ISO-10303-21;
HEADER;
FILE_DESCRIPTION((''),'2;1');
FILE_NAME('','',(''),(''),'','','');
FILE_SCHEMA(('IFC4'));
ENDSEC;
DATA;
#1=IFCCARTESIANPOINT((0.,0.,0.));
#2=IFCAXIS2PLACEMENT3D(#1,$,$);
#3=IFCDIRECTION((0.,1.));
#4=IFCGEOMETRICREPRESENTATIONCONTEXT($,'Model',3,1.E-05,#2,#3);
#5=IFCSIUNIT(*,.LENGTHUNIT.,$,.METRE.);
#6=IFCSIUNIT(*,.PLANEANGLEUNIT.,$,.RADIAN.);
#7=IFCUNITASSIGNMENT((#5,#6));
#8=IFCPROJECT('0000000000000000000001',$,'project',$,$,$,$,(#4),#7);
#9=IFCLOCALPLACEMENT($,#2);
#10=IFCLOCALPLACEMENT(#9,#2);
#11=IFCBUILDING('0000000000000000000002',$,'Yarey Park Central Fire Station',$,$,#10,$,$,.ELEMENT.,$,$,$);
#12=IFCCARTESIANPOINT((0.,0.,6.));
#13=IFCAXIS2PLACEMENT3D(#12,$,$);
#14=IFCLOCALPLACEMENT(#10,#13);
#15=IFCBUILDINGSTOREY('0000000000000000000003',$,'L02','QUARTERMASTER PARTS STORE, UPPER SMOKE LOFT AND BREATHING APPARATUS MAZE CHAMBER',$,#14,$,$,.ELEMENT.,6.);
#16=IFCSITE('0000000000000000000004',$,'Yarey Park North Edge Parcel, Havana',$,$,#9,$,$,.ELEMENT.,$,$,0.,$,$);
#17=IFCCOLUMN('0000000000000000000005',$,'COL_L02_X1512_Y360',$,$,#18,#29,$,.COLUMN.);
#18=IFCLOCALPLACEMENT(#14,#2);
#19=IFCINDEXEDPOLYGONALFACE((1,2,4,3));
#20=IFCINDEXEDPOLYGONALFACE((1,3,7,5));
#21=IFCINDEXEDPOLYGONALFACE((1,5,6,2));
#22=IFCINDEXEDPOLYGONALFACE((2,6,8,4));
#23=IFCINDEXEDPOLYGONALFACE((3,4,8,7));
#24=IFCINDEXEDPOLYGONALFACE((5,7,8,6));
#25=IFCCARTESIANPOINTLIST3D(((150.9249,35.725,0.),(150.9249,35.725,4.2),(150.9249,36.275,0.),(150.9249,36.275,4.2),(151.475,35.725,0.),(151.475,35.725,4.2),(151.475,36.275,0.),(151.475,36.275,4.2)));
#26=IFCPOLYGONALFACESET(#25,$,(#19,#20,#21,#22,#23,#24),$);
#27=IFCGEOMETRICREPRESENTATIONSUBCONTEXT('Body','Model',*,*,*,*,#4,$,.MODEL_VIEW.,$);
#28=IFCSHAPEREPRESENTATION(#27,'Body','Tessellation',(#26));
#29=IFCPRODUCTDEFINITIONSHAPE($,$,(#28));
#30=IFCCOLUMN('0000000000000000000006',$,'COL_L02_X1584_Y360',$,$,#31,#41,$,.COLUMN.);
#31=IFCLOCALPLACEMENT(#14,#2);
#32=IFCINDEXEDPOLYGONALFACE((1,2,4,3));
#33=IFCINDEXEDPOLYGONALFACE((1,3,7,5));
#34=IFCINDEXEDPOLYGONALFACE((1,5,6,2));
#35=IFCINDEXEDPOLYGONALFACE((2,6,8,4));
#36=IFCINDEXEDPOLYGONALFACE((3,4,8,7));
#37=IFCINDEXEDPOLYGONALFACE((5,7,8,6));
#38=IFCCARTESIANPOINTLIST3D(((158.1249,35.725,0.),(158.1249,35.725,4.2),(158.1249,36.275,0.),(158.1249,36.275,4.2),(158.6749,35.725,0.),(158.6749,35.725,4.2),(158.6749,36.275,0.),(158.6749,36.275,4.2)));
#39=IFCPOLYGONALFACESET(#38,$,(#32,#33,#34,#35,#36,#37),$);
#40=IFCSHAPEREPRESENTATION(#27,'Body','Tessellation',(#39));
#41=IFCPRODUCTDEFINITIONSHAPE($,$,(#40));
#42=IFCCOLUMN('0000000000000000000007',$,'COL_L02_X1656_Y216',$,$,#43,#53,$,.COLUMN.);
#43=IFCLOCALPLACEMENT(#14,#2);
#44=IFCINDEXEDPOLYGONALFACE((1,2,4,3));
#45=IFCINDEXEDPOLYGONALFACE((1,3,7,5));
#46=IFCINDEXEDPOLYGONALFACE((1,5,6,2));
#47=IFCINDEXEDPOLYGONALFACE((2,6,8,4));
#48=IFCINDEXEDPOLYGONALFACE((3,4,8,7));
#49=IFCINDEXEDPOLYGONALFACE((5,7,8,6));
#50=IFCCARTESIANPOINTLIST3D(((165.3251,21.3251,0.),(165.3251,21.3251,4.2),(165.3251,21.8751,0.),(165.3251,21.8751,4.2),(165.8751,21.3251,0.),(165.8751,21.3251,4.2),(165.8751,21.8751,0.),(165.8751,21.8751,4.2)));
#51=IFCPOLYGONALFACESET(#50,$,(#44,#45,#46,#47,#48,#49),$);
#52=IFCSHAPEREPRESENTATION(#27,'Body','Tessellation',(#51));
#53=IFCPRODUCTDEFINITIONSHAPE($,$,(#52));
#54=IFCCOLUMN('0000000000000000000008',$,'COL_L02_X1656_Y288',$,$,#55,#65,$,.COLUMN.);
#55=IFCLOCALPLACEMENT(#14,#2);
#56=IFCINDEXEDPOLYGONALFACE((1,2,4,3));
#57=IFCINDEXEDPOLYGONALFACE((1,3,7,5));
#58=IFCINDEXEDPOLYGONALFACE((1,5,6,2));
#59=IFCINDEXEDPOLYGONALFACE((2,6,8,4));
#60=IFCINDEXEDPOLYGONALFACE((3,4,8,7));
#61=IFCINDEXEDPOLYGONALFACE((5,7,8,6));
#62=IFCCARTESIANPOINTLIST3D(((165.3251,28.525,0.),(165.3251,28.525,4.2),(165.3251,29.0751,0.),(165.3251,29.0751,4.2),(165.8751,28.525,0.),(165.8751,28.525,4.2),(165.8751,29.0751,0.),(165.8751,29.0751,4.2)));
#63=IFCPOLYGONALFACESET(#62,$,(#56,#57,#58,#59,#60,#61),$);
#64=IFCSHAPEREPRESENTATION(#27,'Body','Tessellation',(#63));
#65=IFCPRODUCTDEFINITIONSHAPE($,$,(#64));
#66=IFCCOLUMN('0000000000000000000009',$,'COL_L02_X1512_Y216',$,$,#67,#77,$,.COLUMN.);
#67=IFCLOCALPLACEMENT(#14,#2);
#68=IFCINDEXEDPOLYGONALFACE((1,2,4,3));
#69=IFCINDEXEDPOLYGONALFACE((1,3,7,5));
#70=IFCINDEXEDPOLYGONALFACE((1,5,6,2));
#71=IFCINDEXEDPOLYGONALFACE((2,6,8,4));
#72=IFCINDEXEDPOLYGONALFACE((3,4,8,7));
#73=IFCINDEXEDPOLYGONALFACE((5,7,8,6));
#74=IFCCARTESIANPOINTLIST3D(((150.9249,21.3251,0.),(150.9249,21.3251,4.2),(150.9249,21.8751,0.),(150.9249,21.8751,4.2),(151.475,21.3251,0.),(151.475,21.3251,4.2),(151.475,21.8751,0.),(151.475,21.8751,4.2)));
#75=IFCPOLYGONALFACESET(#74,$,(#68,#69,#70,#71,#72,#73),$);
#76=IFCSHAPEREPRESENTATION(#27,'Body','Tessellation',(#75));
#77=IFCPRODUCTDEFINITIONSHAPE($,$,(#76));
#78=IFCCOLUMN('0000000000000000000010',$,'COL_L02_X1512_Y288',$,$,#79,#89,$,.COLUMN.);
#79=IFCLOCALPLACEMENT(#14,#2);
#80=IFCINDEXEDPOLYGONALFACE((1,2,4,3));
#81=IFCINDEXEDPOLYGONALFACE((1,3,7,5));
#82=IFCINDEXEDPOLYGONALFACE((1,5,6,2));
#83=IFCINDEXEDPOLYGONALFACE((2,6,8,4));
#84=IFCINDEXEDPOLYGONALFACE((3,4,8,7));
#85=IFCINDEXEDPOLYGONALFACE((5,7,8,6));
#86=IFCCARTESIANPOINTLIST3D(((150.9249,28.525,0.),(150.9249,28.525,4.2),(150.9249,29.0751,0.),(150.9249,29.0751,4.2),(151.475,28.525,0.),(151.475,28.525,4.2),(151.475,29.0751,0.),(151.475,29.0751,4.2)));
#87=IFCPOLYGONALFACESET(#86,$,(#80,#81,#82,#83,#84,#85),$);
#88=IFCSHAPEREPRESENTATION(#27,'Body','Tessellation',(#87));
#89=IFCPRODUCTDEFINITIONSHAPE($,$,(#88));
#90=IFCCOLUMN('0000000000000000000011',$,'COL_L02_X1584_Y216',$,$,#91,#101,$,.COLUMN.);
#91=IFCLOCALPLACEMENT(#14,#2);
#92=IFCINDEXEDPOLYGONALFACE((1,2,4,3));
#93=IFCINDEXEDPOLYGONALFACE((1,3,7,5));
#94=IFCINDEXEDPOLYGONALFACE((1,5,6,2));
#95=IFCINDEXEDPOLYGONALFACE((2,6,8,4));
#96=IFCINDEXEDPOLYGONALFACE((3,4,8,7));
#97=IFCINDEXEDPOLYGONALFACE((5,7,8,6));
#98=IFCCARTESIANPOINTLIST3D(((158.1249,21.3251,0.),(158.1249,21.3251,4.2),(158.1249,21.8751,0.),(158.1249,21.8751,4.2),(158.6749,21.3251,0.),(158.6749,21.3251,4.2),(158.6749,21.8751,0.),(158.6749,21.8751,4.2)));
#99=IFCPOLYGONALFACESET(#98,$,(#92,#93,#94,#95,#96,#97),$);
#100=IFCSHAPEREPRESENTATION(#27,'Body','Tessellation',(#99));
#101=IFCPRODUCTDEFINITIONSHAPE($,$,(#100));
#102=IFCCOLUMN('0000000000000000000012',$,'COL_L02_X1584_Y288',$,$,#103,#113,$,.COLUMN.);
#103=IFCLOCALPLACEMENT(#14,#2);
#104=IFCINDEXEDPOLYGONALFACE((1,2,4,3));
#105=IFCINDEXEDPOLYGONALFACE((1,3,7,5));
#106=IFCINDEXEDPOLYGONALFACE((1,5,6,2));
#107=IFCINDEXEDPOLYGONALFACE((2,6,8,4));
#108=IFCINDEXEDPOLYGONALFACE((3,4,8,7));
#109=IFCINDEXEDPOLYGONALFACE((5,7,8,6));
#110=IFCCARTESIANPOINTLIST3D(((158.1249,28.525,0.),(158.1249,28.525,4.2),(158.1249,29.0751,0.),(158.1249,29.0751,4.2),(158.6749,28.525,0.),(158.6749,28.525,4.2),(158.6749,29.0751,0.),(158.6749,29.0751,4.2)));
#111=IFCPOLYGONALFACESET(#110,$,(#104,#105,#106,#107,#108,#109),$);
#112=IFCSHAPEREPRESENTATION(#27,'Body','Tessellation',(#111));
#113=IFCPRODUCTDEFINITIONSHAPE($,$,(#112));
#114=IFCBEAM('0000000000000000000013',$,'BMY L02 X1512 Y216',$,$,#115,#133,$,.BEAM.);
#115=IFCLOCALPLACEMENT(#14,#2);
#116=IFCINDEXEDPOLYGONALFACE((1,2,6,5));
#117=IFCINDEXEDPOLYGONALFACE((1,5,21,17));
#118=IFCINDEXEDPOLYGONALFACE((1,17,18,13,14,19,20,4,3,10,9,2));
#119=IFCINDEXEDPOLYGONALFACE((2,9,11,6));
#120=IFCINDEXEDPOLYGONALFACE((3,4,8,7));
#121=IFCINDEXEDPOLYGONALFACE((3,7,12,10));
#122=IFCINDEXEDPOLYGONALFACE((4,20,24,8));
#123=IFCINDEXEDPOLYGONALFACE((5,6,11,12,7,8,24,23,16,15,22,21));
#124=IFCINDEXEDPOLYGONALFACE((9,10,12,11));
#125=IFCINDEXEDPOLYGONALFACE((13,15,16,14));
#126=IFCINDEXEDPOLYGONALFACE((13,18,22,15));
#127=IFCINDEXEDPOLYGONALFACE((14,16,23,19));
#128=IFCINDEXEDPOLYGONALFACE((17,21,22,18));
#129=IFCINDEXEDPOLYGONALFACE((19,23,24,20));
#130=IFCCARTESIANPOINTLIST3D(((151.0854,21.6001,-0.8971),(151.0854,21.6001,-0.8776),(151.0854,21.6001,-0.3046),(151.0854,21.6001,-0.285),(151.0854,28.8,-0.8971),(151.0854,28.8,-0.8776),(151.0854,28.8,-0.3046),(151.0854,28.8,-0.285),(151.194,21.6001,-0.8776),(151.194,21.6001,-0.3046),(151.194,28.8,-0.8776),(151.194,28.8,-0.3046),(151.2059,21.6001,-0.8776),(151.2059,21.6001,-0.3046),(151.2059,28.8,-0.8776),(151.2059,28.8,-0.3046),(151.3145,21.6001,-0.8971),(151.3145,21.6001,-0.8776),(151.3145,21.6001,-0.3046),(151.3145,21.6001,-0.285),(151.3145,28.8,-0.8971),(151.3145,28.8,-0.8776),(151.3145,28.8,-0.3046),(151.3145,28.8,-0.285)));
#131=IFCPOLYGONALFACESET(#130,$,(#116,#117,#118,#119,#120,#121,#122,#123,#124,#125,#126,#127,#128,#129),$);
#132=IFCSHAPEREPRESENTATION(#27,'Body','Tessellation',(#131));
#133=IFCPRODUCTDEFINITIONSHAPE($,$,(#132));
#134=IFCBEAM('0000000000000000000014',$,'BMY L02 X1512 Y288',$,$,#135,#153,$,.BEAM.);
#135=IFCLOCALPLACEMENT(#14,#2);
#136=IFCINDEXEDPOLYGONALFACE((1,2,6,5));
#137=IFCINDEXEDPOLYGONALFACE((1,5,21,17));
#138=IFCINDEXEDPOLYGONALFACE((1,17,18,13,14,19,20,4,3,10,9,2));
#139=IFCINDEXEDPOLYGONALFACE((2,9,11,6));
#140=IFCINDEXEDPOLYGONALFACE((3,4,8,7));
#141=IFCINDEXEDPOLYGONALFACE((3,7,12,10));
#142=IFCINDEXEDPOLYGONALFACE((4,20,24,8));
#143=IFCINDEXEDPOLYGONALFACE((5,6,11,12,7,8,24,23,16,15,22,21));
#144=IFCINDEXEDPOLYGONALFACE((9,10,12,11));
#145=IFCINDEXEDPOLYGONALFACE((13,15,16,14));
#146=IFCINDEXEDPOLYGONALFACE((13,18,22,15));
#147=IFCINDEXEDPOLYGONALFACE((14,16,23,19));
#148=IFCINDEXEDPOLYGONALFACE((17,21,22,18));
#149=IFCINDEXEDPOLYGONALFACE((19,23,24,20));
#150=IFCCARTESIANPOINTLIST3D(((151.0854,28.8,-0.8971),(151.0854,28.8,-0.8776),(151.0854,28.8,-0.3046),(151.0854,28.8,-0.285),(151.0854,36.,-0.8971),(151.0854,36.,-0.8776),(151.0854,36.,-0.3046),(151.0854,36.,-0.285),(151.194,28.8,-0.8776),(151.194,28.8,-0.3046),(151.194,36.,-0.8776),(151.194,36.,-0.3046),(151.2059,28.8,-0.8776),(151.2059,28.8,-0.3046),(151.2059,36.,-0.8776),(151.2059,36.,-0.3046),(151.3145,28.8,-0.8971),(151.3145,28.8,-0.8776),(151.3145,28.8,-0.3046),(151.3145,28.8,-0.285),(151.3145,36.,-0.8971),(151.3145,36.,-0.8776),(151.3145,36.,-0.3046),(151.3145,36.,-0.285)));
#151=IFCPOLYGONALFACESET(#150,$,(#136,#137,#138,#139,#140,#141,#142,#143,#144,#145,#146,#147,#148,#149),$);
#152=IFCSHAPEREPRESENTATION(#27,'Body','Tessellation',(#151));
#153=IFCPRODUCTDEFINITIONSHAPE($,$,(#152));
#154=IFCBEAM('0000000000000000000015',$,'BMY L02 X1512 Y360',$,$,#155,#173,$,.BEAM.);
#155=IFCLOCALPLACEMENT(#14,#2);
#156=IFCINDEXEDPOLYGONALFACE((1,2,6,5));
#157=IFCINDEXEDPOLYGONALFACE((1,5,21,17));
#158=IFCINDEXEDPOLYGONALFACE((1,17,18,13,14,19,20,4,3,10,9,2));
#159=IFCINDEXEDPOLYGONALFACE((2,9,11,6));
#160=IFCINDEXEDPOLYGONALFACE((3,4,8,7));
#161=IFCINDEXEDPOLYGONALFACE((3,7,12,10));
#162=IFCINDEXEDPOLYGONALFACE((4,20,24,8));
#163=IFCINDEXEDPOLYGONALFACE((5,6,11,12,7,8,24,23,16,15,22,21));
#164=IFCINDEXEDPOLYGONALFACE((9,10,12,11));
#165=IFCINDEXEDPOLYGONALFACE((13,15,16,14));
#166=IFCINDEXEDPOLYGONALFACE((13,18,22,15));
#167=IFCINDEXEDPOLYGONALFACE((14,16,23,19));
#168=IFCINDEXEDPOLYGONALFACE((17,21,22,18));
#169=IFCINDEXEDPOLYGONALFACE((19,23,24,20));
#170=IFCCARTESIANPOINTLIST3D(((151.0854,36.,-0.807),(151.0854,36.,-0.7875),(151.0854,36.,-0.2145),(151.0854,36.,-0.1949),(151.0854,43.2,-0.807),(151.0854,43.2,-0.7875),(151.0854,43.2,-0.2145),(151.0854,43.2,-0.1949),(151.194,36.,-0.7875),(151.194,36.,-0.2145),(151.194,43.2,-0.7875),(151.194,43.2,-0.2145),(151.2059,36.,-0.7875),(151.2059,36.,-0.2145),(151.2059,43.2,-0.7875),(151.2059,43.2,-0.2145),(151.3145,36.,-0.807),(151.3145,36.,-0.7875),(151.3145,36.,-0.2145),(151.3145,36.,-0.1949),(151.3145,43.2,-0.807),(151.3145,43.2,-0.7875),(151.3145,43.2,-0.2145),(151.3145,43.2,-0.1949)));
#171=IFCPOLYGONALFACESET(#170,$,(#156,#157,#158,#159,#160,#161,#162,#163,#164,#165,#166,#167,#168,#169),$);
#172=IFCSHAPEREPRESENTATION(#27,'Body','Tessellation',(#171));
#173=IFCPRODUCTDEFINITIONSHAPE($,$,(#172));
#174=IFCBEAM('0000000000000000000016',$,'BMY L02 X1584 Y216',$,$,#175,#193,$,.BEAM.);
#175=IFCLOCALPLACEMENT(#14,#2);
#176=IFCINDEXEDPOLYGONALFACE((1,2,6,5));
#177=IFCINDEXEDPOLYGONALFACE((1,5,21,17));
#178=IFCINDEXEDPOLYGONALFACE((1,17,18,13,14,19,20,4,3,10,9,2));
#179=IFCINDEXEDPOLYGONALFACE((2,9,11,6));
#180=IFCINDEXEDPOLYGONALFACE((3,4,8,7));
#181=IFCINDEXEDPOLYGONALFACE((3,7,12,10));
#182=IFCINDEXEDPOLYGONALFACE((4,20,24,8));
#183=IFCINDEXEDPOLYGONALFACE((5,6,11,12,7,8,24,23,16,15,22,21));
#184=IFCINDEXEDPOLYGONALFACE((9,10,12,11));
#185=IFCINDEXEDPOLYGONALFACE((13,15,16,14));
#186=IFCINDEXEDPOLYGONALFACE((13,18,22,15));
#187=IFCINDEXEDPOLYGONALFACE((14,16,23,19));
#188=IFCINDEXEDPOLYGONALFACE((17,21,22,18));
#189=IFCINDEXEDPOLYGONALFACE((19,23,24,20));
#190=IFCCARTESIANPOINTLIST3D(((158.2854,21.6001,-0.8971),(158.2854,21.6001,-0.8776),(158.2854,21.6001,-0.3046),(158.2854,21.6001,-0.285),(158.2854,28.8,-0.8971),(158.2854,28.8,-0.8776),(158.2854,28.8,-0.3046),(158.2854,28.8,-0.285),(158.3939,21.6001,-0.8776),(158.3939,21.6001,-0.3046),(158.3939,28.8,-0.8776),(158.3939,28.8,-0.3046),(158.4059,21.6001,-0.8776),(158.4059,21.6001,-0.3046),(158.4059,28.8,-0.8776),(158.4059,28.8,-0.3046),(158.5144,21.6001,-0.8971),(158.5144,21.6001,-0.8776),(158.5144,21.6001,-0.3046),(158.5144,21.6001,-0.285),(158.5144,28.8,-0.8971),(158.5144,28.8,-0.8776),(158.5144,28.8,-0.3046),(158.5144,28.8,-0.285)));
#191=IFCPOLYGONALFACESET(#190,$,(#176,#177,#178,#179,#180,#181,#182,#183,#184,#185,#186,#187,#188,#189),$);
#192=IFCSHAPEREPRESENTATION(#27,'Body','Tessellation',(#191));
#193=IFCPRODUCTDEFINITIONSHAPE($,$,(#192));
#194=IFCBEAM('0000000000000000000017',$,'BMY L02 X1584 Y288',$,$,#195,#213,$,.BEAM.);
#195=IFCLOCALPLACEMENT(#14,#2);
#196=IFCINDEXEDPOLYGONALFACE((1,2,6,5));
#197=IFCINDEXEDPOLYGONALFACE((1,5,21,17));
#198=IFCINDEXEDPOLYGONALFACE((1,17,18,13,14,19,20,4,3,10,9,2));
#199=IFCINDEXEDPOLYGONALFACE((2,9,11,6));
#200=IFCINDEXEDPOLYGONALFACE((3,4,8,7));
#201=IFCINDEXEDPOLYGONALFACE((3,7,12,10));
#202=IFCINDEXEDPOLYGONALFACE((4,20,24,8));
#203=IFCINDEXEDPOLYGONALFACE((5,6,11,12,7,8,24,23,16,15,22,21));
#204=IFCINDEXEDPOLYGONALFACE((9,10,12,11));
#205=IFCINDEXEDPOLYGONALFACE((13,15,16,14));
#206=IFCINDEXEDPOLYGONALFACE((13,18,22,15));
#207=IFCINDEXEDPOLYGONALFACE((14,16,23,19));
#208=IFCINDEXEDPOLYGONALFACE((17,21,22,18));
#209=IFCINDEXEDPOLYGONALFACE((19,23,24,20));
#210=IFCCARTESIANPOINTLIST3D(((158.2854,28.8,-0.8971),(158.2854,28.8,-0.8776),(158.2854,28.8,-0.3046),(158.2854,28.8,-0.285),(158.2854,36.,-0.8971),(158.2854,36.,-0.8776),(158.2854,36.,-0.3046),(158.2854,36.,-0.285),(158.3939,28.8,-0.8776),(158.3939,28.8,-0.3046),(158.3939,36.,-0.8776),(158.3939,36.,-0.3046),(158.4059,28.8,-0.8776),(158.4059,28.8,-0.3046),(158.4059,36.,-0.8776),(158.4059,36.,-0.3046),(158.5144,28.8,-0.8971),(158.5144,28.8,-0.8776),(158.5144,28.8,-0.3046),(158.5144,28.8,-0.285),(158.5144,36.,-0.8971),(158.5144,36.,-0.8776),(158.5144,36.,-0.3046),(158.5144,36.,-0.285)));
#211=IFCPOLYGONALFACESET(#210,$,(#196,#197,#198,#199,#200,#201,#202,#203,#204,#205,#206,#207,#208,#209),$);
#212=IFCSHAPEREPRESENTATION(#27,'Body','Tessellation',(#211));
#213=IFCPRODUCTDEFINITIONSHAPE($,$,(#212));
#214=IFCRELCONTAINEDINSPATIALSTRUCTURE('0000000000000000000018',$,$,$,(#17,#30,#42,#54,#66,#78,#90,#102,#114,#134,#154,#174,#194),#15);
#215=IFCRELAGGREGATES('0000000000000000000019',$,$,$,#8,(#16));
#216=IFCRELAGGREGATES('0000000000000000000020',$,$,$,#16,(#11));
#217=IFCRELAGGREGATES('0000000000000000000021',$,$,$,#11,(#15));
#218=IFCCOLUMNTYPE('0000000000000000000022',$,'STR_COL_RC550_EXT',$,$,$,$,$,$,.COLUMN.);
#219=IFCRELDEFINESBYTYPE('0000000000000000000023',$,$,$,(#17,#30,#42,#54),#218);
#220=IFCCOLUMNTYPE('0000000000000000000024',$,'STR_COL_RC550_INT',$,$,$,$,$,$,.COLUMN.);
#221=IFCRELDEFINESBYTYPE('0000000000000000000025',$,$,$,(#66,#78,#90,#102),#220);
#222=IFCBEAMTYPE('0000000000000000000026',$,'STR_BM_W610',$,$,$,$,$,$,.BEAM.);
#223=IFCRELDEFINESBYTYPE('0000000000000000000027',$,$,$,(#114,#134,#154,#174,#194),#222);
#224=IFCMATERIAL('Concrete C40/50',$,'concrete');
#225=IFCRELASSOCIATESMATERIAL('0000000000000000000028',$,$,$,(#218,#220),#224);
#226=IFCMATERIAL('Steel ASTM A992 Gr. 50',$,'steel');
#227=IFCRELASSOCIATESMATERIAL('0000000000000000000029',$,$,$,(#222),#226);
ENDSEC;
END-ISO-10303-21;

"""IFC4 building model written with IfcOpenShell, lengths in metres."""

from ifc_helpers import new_model, si_unit, direction, frame, origin, origin_2d, place, context, subcontext, project, spatial, rectangle, i_section, extrude, material, material_profile, profile_set, type_object, element, save


model = new_model("IFC4")

# Units and contexts
model_context = context("Model", 3, precision=1e-05, world=origin(), true_north=direction((0.0, 1.0)))
body_context = subcontext(model_context, "Body", "Model", "MODEL_VIEW")
ifc_project = project(units=[si_unit("LENGTHUNIT", "METRE"), si_unit("PLANEANGLEUNIT", "RADIAN")], contexts=[model_context])

# Site, building, storey
site_placement = place(None, origin())
site = spatial("IfcSite", under=ifc_project, at=site_placement, Name="Yarey Park North Edge Parcel, Havana", CompositionType="ELEMENT", RefElevation=0.0)
building_placement = place(site_placement, origin())
building = spatial("IfcBuilding", under=site, at=building_placement, Name="Yarey Park Central Fire Station", CompositionType="ELEMENT")
storey_placement = place(building_placement, frame((0.0, 0.0, 6.0)))
storey = spatial("IfcBuildingStorey", under=building, at=storey_placement, Name="L02", Description="QUARTERMASTER PARTS STORE, UPPER SMOKE LOFT AND BREATHING APPARATUS MAZE CHAMBER", CompositionType="ELEMENT", Elevation=6.0)

# Columns
ifc_material_1 = material(Name="Concrete C40/50", Category="concrete")
ifc_material_profile_1 = material_profile(ifc_material_1, rectangle(XDim=0.55, YDim=0.55, at=origin_2d()), Name="RC 550x550")
ifc_profile_set_1 = profile_set([ifc_material_profile_1], Name="Concrete C40/50")
column_type_1 = type_object("IfcColumnType", Name="STR_COL_RC550_EXT", PredefinedType="COLUMN", material=ifc_profile_set_1)
for number, where, z_axis, x_axis, name in (
    (1, (151.2, 36.0, 0.0), (0.0, 0.0, 1.0), (1.0, 0.0, 0.0), "COL_L02_X1512_Y360"),
    (2, (158.3999, 36.0, 0.0), (0.0, 0.0, 1.0), (1.0, 0.0, 0.0), "COL_L02_X1584_Y360"),
    (3, (165.6001, 21.6001, 0.0), (0.0, 0.0, 1.0), (1.0, 0.0, 0.0), "COL_L02_X1656_Y216"),
    (4, (165.6001, 28.8, 0.0), (0.0, 0.0, 1.0), (1.0, 0.0, 0.0), "COL_L02_X1656_Y288"),
):
    element("IfcColumn", number, at=place(storey_placement, frame(where, z_axis=z_axis, x_axis=x_axis)), inside=storey, type_object=column_type_1, Name=name, PredefinedType="COLUMN", context=body_context, shape_type="SweptSolid", body=[
        extrude(rectangle(XDim=0.55, YDim=0.55, at=origin_2d()), origin(), (0.0, 0.0, 1.0), 4.2),
    ])
ifc_material_profile_2 = material_profile(ifc_material_1, rectangle(XDim=0.55, YDim=0.55, at=origin_2d()), Name="RC 550x550")
ifc_profile_set_2 = profile_set([ifc_material_profile_2], Name="Concrete C40/50")
column_type_2 = type_object("IfcColumnType", Name="STR_COL_RC550_INT", PredefinedType="COLUMN", material=ifc_profile_set_2)
for number, where, z_axis, x_axis, name in (
    (5, (151.2, 21.6001, 0.0), (0.0, 0.0, 1.0), (1.0, 0.0, 0.0), "COL_L02_X1512_Y216"),
    (6, (151.2, 28.8, 0.0), (0.0, 0.0, 1.0), (1.0, 0.0, 0.0), "COL_L02_X1512_Y288"),
    (7, (158.3999, 21.6001, 0.0), (0.0, 0.0, 1.0), (1.0, 0.0, 0.0), "COL_L02_X1584_Y216"),
    (8, (158.3999, 28.8, 0.0), (0.0, 0.0, 1.0), (1.0, 0.0, 0.0), "COL_L02_X1584_Y288"),
):
    element("IfcColumn", number, at=place(storey_placement, frame(where, z_axis=z_axis, x_axis=x_axis)), inside=storey, type_object=column_type_2, Name=name, PredefinedType="COLUMN", context=body_context, shape_type="SweptSolid", body=[
        extrude(rectangle(XDim=0.55, YDim=0.55, at=origin_2d()), origin(), (0.0, 0.0, 1.0), 4.2),
    ])

# Beams
ifc_material_2 = material(Name="Steel ASTM A992 Gr. 50", Category="steel")
ifc_material_profile_3 = material_profile(ifc_material_2, i_section(OverallWidth=0.229, OverallDepth=0.6121, WebThickness=0.012, FlangeThickness=0.0195, at=origin_2d()), Name="W610x125")
ifc_profile_set_3 = profile_set([ifc_material_profile_3], Name="Steel ASTM A992 Gr. 50")
beam_type_1 = type_object("IfcBeamType", Name="STR_BM_W610", PredefinedType="BEAM", material=ifc_profile_set_3)
for number, where, z_axis, x_axis, name in (
    (9, (151.2, 21.6001, -0.5911), (0.0, 1.0, 0.0), (-1.0, 0.0, 0.0), "BMY L02 X1512 Y216"),
    (10, (151.2, 28.8, -0.5911), (0.0, 1.0, 0.0), (-1.0, 0.0, 0.0), "BMY L02 X1512 Y288"),
    (11, (151.2, 36.0, -0.501), (0.0, 1.0, 0.0), (-1.0, 0.0, 0.0), "BMY L02 X1512 Y360"),
    (12, (158.3999, 21.6001, -0.5911), (0.0, 1.0, 0.0), (-1.0, 0.0, 0.0), "BMY L02 X1584 Y216"),
    (13, (158.3999, 28.8, -0.5911), (0.0, 1.0, 0.0), (-1.0, 0.0, 0.0), "BMY L02 X1584 Y288"),
):
    element("IfcBeam", number, at=place(storey_placement, frame(where, z_axis=z_axis, x_axis=x_axis)), inside=storey, type_object=beam_type_1, Name=name, PredefinedType="BEAM", context=body_context, shape_type="SweptSolid", body=[
        extrude(i_section(OverallWidth=0.229, OverallDepth=0.6121, WebThickness=0.012, FlangeThickness=0.0195, at=origin_2d()), origin(), (0.0, 0.0, 1.0), 7.2),
    ])

save(model, "model.ifc")
